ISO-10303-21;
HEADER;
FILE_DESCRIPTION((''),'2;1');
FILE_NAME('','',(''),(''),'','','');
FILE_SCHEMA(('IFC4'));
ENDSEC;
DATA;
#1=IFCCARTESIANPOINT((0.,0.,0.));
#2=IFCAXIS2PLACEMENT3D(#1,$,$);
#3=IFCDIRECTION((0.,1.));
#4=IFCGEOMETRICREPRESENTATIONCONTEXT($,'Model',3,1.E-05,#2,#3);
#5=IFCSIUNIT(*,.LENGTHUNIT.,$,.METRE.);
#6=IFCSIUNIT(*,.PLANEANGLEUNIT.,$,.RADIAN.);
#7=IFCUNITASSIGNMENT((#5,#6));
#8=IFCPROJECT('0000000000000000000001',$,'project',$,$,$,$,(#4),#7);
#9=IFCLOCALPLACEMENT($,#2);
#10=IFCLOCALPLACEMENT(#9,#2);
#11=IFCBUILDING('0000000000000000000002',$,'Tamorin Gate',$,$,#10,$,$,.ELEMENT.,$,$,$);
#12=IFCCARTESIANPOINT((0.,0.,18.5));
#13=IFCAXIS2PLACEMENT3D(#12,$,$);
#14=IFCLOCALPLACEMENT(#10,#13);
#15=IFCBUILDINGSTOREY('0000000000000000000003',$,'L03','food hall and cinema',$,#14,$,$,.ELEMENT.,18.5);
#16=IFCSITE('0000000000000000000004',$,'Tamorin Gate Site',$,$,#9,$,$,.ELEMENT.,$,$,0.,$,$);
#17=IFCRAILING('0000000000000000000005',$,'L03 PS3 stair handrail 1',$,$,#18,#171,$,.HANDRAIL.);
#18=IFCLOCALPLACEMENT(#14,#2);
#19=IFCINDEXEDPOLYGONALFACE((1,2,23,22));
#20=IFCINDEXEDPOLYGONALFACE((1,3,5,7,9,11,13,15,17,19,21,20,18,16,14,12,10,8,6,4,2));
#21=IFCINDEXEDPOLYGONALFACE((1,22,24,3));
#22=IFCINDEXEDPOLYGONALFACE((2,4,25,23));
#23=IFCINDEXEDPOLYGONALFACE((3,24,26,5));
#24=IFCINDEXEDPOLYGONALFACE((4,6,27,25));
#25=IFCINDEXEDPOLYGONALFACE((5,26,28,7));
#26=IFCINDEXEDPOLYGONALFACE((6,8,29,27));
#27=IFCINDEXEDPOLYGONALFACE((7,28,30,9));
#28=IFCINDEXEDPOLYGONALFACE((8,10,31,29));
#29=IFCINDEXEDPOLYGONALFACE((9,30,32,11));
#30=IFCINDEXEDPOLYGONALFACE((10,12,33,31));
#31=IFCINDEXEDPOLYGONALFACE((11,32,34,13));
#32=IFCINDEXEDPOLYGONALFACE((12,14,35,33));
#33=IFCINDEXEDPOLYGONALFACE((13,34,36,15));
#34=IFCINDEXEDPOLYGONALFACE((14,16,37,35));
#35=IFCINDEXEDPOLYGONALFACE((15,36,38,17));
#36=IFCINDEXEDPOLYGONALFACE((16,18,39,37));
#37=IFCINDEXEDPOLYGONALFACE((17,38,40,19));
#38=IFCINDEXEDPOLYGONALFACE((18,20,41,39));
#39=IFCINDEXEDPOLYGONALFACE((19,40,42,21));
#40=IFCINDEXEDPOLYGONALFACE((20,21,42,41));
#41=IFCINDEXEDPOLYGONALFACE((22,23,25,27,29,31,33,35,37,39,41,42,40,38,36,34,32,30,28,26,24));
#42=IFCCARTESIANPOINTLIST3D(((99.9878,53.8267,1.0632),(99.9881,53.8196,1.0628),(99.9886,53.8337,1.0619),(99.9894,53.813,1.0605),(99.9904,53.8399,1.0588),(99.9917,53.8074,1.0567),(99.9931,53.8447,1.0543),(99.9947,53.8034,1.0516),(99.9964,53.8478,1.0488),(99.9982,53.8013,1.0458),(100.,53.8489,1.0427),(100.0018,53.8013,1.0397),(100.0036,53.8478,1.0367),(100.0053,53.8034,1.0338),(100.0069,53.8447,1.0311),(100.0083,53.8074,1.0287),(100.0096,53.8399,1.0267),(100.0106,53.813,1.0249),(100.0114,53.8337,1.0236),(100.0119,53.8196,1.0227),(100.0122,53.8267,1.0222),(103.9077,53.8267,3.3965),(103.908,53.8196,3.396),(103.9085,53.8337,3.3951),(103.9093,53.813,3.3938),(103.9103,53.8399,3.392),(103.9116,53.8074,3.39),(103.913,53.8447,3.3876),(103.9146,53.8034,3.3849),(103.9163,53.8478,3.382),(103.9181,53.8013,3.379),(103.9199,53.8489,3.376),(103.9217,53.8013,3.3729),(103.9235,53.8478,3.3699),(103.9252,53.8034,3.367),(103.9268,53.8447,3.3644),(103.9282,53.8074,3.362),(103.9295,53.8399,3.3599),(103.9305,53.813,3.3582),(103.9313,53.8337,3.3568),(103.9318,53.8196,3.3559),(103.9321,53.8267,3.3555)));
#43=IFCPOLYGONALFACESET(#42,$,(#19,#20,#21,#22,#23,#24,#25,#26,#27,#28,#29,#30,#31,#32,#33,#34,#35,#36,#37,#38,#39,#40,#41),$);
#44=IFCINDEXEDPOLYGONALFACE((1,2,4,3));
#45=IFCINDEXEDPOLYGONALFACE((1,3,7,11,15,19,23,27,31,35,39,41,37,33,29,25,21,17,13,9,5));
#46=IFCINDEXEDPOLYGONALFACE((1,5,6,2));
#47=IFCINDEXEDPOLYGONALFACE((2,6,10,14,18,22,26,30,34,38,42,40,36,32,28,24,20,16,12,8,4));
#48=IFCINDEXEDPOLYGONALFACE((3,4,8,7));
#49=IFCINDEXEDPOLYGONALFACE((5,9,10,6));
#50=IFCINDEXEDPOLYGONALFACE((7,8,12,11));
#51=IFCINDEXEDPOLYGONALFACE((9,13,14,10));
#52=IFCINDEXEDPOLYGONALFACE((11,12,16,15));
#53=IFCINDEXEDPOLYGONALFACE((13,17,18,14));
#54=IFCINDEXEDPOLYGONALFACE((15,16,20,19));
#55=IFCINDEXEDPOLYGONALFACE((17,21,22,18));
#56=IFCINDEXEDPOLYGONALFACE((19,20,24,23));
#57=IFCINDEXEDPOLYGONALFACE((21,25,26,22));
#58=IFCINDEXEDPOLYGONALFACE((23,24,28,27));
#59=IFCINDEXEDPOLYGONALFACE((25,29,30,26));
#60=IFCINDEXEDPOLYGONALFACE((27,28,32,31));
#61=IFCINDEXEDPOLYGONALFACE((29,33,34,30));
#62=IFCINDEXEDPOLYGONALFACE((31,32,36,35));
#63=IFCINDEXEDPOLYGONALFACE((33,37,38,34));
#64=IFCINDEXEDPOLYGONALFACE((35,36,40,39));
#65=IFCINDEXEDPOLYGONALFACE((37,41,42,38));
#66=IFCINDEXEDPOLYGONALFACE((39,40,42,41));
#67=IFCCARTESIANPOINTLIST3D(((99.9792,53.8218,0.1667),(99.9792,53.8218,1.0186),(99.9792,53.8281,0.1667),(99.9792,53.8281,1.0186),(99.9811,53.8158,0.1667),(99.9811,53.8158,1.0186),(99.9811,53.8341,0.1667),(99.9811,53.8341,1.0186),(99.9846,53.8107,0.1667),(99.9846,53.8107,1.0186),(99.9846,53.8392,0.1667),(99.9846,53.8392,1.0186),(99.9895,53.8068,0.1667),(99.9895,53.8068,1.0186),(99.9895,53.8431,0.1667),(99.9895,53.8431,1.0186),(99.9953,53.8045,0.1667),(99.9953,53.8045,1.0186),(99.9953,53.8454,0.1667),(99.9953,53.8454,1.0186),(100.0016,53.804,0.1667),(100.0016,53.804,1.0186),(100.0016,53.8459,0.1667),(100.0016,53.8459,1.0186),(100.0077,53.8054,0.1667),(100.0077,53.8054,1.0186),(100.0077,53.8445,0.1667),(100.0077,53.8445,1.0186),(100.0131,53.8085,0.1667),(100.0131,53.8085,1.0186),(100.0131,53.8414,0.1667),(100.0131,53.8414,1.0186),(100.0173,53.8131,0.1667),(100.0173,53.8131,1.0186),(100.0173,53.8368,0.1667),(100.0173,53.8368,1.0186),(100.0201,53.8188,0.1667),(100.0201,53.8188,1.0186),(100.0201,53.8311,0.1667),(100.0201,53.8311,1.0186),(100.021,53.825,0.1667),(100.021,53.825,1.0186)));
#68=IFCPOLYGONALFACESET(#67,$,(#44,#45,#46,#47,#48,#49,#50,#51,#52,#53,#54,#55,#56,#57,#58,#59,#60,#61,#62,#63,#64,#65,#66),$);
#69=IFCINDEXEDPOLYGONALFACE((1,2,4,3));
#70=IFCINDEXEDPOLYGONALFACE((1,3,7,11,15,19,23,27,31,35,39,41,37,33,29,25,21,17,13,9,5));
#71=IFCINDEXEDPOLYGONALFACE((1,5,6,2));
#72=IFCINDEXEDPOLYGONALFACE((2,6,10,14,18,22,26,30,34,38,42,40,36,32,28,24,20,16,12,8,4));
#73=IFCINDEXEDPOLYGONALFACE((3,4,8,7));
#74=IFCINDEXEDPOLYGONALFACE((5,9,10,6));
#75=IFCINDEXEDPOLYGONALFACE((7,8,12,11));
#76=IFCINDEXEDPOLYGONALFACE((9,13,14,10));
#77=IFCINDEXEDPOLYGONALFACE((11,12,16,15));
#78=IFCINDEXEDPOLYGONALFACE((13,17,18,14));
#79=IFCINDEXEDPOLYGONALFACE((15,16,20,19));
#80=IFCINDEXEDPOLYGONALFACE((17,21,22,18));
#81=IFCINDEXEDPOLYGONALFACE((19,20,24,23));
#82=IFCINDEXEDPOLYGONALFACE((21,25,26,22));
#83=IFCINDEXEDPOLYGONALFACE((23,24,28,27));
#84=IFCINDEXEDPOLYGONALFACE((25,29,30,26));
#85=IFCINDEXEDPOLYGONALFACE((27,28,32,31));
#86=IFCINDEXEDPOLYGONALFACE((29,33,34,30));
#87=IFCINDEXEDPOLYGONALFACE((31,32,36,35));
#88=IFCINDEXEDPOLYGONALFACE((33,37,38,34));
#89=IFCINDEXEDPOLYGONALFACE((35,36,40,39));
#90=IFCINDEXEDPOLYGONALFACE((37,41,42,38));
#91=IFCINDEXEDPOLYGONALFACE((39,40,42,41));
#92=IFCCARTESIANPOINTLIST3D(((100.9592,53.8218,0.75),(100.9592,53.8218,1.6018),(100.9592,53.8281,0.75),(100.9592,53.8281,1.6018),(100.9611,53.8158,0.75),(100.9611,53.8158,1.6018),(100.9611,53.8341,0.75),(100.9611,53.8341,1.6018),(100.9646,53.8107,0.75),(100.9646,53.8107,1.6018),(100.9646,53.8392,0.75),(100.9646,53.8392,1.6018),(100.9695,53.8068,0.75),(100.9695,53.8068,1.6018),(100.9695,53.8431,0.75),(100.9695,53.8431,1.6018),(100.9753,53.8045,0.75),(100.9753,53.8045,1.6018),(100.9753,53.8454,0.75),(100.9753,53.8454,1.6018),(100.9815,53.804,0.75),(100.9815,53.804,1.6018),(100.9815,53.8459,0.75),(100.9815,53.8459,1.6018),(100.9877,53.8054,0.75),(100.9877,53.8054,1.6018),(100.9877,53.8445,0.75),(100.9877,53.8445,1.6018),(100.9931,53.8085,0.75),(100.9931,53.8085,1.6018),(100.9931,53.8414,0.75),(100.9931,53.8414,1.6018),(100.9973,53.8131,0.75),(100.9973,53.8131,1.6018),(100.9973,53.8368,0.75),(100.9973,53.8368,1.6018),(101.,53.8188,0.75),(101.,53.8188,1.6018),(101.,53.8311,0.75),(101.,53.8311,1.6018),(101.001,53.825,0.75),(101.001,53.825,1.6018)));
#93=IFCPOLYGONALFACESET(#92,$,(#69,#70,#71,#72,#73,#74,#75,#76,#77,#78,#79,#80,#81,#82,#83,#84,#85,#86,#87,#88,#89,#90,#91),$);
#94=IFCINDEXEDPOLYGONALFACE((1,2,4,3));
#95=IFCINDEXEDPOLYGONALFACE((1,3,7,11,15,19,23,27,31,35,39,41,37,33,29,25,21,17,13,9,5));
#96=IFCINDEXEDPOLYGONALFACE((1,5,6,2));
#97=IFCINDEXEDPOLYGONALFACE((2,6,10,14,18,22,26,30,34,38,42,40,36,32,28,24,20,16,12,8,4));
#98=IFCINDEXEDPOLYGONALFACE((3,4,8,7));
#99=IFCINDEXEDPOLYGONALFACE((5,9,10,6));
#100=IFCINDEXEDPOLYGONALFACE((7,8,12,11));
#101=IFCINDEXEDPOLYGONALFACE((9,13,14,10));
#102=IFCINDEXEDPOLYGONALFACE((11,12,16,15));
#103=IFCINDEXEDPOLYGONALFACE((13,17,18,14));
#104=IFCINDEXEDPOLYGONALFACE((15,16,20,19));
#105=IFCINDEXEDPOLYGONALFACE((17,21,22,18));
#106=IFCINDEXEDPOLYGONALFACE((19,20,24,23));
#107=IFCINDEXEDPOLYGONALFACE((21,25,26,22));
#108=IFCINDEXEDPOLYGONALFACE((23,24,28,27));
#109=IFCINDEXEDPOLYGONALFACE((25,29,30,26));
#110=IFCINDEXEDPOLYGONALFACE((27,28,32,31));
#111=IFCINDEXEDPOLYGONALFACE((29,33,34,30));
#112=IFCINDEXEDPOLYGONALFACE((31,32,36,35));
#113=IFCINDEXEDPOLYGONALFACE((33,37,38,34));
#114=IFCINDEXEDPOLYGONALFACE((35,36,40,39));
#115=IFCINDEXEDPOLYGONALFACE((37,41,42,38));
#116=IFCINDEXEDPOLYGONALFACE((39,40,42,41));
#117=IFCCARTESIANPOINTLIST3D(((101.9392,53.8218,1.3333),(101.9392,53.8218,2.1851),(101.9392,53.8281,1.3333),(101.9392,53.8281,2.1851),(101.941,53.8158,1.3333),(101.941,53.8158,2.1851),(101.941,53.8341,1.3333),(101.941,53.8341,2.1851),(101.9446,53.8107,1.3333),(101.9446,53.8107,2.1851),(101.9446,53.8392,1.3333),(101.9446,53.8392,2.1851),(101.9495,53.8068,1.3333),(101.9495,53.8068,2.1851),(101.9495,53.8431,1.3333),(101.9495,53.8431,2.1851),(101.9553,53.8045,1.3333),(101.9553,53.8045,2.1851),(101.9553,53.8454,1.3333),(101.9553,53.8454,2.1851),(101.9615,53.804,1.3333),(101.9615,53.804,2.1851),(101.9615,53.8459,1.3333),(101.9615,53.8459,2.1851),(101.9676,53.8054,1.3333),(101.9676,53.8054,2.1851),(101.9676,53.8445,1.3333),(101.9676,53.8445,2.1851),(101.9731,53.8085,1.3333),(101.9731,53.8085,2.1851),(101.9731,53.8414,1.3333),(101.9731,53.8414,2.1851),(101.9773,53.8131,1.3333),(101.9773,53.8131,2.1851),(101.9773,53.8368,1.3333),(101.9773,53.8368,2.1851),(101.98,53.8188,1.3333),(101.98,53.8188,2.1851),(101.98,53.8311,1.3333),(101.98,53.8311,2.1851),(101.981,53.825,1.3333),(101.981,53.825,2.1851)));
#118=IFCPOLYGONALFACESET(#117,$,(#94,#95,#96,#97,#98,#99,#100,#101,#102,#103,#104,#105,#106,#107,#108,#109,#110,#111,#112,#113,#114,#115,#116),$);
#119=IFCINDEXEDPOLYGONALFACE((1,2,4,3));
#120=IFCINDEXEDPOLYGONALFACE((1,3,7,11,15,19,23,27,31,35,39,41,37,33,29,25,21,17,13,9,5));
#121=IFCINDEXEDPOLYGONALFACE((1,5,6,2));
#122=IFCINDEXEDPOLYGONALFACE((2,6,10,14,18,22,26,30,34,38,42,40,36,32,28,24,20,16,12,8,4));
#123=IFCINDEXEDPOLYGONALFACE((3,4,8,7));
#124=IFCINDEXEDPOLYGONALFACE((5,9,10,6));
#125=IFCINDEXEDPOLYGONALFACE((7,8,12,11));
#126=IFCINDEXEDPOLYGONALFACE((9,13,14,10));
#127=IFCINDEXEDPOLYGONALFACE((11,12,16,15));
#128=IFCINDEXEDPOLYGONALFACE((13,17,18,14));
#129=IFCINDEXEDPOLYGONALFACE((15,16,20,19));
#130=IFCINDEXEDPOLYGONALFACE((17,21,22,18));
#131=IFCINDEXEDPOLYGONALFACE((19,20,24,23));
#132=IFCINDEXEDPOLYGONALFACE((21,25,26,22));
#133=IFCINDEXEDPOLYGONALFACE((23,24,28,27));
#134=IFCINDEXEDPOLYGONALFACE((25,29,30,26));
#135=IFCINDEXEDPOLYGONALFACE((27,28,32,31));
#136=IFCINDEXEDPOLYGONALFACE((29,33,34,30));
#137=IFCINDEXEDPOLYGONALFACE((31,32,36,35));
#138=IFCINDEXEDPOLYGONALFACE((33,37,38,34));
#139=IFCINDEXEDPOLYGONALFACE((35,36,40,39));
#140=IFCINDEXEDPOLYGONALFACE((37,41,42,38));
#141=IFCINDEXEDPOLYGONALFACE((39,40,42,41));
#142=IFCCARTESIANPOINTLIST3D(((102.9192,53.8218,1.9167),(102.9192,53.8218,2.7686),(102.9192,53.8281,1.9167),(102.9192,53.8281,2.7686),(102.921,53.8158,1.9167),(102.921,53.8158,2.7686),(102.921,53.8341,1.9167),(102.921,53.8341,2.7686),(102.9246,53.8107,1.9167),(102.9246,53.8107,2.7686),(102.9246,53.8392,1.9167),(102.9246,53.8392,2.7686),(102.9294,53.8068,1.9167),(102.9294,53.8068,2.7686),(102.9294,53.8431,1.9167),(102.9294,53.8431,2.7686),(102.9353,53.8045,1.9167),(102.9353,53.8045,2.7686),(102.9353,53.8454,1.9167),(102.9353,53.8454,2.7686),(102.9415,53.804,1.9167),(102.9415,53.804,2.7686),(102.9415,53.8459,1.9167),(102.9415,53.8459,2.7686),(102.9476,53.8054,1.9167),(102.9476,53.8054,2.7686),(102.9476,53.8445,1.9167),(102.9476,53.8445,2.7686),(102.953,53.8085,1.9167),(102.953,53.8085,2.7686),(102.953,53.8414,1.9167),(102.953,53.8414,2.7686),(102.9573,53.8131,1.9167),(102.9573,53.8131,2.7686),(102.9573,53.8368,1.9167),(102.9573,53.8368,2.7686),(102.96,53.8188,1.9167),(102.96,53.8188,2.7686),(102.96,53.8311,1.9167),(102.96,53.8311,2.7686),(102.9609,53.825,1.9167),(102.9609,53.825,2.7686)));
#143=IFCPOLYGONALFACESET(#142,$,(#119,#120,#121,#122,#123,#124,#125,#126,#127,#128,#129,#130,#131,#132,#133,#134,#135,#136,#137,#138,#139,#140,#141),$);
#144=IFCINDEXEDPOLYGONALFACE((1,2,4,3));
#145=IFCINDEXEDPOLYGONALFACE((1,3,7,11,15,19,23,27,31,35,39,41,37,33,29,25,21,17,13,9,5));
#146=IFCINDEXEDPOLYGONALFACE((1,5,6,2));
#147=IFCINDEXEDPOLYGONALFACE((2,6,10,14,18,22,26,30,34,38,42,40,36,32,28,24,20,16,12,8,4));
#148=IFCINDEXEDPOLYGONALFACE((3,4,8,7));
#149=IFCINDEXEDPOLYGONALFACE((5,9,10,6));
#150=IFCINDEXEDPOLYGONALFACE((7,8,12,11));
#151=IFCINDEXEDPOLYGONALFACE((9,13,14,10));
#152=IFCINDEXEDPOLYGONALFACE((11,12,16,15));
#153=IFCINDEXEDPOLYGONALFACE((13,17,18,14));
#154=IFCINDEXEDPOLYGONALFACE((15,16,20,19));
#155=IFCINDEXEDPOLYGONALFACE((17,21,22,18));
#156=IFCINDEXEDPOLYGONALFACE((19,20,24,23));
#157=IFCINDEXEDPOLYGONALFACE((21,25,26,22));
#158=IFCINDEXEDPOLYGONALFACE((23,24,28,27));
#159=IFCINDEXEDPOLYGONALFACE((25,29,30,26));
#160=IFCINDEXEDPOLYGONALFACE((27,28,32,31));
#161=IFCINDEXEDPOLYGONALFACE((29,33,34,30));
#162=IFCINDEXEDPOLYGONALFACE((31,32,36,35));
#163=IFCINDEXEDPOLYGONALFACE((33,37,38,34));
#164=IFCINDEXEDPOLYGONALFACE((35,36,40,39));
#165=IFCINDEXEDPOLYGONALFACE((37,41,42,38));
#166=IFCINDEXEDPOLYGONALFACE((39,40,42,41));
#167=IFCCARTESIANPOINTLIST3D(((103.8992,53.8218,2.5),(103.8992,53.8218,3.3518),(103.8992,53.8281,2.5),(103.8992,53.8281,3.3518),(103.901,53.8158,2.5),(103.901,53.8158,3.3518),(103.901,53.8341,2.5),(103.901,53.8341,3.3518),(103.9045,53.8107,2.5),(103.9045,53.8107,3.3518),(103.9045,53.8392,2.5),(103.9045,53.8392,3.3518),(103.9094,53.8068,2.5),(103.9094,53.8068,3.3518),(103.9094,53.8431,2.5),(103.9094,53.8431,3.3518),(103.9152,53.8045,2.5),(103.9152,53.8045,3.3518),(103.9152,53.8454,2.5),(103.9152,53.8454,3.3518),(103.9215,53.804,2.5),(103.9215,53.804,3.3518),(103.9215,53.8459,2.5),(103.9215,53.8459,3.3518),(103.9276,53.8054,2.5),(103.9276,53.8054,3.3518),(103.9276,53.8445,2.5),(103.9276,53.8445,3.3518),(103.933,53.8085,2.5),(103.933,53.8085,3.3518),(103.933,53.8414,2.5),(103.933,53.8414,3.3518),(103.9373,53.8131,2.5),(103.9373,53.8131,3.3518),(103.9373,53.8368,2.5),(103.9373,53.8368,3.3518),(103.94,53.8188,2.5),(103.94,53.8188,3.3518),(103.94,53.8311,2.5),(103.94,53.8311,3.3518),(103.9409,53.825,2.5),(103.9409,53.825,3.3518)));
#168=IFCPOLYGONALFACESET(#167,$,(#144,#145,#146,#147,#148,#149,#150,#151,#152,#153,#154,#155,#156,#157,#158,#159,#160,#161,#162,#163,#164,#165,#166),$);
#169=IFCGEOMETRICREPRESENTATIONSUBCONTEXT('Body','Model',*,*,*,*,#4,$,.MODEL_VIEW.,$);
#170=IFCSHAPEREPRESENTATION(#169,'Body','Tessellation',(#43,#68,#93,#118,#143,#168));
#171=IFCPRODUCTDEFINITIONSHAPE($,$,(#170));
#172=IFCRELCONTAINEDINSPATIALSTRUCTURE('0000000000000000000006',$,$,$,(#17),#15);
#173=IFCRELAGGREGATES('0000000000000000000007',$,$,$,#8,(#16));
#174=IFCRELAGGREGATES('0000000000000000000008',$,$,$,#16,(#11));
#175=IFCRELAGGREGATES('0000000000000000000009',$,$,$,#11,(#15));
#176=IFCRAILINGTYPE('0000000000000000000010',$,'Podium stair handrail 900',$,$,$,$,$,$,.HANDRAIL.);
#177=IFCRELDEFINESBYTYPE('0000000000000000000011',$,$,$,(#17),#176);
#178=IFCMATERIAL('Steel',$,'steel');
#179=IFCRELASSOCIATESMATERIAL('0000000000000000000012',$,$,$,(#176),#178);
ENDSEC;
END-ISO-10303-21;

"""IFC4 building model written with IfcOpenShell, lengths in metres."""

from ifc_helpers import new_model, si_unit, direction, frame, origin, origin_2d, place, context, subcontext, project, spatial, circle, extrude, material, type_object, element, save


model = new_model("IFC4")

# Units and contexts
model_context = context("Model", 3, precision=1e-05, world=origin(), true_north=direction((0.0, 1.0)))
body_context = subcontext(model_context, "Body", "Model", "MODEL_VIEW")
ifc_project = project(units=[si_unit("LENGTHUNIT", "METRE"), si_unit("PLANEANGLEUNIT", "RADIAN")], contexts=[model_context])

# Site, building, storey
site_placement = place(None, origin())
site = spatial("IfcSite", under=ifc_project, at=site_placement, Name="Tamorin Gate Site", CompositionType="ELEMENT", RefElevation=0.0)
building_placement = place(site_placement, origin())
building = spatial("IfcBuilding", under=site, at=building_placement, Name="Tamorin Gate", CompositionType="ELEMENT")
storey_placement = place(building_placement, frame((0.0, 0.0, 18.5)))
storey = spatial("IfcBuildingStorey", under=building, at=storey_placement, Name="L03", Description="food hall and cinema", CompositionType="ELEMENT", Elevation=18.5)

# Railing
ifc_material_1 = material(Name="Steel", Category="steel")
railing_type_1 = type_object("IfcRailingType", Name="Podium stair handrail 900", PredefinedType="HANDRAIL", material=ifc_material_1)
railing_1_placement = place(storey_placement, frame((100.0, 53.825, 0.1667)))
element("IfcRailing", 1, at=railing_1_placement, inside=storey, type_object=railing_type_1, Name="L03 PS3 stair handrail 1", PredefinedType="HANDRAIL", context=body_context, shape_type="SweptSolid", body=[
    extrude(circle(Radius=0.0239, at=origin_2d()), frame((0.0, 0.0, 0.876), z_axis=(0.859296, 0.0, 0.511478), x_axis=(0.0, 1.0, 0.0)), (0.0, 0.0, 1.0), 4.5618),
    extrude(circle(Radius=0.021, at=origin_2d()), origin(), (0.0, 0.0, 1.0), 0.8518),
    extrude(circle(Radius=0.021, at=origin_2d()), frame((0.98, 0.0, 0.5833)), (0.0, 0.0, 1.0), 0.8518),
    extrude(circle(Radius=0.021, at=origin_2d()), frame((1.96, 0.0, 1.1665)), (0.0, 0.0, 1.0), 0.8518),
    extrude(circle(Radius=0.021, at=origin_2d()), frame((2.9399, 0.0, 1.75)), (0.0, 0.0, 1.0), 0.8518),
    extrude(circle(Radius=0.021, at=origin_2d()), frame((3.9199, 0.0, 2.3333)), (0.0, 0.0, 1.0), 0.8518),
])

save(model, "model.ifc")
